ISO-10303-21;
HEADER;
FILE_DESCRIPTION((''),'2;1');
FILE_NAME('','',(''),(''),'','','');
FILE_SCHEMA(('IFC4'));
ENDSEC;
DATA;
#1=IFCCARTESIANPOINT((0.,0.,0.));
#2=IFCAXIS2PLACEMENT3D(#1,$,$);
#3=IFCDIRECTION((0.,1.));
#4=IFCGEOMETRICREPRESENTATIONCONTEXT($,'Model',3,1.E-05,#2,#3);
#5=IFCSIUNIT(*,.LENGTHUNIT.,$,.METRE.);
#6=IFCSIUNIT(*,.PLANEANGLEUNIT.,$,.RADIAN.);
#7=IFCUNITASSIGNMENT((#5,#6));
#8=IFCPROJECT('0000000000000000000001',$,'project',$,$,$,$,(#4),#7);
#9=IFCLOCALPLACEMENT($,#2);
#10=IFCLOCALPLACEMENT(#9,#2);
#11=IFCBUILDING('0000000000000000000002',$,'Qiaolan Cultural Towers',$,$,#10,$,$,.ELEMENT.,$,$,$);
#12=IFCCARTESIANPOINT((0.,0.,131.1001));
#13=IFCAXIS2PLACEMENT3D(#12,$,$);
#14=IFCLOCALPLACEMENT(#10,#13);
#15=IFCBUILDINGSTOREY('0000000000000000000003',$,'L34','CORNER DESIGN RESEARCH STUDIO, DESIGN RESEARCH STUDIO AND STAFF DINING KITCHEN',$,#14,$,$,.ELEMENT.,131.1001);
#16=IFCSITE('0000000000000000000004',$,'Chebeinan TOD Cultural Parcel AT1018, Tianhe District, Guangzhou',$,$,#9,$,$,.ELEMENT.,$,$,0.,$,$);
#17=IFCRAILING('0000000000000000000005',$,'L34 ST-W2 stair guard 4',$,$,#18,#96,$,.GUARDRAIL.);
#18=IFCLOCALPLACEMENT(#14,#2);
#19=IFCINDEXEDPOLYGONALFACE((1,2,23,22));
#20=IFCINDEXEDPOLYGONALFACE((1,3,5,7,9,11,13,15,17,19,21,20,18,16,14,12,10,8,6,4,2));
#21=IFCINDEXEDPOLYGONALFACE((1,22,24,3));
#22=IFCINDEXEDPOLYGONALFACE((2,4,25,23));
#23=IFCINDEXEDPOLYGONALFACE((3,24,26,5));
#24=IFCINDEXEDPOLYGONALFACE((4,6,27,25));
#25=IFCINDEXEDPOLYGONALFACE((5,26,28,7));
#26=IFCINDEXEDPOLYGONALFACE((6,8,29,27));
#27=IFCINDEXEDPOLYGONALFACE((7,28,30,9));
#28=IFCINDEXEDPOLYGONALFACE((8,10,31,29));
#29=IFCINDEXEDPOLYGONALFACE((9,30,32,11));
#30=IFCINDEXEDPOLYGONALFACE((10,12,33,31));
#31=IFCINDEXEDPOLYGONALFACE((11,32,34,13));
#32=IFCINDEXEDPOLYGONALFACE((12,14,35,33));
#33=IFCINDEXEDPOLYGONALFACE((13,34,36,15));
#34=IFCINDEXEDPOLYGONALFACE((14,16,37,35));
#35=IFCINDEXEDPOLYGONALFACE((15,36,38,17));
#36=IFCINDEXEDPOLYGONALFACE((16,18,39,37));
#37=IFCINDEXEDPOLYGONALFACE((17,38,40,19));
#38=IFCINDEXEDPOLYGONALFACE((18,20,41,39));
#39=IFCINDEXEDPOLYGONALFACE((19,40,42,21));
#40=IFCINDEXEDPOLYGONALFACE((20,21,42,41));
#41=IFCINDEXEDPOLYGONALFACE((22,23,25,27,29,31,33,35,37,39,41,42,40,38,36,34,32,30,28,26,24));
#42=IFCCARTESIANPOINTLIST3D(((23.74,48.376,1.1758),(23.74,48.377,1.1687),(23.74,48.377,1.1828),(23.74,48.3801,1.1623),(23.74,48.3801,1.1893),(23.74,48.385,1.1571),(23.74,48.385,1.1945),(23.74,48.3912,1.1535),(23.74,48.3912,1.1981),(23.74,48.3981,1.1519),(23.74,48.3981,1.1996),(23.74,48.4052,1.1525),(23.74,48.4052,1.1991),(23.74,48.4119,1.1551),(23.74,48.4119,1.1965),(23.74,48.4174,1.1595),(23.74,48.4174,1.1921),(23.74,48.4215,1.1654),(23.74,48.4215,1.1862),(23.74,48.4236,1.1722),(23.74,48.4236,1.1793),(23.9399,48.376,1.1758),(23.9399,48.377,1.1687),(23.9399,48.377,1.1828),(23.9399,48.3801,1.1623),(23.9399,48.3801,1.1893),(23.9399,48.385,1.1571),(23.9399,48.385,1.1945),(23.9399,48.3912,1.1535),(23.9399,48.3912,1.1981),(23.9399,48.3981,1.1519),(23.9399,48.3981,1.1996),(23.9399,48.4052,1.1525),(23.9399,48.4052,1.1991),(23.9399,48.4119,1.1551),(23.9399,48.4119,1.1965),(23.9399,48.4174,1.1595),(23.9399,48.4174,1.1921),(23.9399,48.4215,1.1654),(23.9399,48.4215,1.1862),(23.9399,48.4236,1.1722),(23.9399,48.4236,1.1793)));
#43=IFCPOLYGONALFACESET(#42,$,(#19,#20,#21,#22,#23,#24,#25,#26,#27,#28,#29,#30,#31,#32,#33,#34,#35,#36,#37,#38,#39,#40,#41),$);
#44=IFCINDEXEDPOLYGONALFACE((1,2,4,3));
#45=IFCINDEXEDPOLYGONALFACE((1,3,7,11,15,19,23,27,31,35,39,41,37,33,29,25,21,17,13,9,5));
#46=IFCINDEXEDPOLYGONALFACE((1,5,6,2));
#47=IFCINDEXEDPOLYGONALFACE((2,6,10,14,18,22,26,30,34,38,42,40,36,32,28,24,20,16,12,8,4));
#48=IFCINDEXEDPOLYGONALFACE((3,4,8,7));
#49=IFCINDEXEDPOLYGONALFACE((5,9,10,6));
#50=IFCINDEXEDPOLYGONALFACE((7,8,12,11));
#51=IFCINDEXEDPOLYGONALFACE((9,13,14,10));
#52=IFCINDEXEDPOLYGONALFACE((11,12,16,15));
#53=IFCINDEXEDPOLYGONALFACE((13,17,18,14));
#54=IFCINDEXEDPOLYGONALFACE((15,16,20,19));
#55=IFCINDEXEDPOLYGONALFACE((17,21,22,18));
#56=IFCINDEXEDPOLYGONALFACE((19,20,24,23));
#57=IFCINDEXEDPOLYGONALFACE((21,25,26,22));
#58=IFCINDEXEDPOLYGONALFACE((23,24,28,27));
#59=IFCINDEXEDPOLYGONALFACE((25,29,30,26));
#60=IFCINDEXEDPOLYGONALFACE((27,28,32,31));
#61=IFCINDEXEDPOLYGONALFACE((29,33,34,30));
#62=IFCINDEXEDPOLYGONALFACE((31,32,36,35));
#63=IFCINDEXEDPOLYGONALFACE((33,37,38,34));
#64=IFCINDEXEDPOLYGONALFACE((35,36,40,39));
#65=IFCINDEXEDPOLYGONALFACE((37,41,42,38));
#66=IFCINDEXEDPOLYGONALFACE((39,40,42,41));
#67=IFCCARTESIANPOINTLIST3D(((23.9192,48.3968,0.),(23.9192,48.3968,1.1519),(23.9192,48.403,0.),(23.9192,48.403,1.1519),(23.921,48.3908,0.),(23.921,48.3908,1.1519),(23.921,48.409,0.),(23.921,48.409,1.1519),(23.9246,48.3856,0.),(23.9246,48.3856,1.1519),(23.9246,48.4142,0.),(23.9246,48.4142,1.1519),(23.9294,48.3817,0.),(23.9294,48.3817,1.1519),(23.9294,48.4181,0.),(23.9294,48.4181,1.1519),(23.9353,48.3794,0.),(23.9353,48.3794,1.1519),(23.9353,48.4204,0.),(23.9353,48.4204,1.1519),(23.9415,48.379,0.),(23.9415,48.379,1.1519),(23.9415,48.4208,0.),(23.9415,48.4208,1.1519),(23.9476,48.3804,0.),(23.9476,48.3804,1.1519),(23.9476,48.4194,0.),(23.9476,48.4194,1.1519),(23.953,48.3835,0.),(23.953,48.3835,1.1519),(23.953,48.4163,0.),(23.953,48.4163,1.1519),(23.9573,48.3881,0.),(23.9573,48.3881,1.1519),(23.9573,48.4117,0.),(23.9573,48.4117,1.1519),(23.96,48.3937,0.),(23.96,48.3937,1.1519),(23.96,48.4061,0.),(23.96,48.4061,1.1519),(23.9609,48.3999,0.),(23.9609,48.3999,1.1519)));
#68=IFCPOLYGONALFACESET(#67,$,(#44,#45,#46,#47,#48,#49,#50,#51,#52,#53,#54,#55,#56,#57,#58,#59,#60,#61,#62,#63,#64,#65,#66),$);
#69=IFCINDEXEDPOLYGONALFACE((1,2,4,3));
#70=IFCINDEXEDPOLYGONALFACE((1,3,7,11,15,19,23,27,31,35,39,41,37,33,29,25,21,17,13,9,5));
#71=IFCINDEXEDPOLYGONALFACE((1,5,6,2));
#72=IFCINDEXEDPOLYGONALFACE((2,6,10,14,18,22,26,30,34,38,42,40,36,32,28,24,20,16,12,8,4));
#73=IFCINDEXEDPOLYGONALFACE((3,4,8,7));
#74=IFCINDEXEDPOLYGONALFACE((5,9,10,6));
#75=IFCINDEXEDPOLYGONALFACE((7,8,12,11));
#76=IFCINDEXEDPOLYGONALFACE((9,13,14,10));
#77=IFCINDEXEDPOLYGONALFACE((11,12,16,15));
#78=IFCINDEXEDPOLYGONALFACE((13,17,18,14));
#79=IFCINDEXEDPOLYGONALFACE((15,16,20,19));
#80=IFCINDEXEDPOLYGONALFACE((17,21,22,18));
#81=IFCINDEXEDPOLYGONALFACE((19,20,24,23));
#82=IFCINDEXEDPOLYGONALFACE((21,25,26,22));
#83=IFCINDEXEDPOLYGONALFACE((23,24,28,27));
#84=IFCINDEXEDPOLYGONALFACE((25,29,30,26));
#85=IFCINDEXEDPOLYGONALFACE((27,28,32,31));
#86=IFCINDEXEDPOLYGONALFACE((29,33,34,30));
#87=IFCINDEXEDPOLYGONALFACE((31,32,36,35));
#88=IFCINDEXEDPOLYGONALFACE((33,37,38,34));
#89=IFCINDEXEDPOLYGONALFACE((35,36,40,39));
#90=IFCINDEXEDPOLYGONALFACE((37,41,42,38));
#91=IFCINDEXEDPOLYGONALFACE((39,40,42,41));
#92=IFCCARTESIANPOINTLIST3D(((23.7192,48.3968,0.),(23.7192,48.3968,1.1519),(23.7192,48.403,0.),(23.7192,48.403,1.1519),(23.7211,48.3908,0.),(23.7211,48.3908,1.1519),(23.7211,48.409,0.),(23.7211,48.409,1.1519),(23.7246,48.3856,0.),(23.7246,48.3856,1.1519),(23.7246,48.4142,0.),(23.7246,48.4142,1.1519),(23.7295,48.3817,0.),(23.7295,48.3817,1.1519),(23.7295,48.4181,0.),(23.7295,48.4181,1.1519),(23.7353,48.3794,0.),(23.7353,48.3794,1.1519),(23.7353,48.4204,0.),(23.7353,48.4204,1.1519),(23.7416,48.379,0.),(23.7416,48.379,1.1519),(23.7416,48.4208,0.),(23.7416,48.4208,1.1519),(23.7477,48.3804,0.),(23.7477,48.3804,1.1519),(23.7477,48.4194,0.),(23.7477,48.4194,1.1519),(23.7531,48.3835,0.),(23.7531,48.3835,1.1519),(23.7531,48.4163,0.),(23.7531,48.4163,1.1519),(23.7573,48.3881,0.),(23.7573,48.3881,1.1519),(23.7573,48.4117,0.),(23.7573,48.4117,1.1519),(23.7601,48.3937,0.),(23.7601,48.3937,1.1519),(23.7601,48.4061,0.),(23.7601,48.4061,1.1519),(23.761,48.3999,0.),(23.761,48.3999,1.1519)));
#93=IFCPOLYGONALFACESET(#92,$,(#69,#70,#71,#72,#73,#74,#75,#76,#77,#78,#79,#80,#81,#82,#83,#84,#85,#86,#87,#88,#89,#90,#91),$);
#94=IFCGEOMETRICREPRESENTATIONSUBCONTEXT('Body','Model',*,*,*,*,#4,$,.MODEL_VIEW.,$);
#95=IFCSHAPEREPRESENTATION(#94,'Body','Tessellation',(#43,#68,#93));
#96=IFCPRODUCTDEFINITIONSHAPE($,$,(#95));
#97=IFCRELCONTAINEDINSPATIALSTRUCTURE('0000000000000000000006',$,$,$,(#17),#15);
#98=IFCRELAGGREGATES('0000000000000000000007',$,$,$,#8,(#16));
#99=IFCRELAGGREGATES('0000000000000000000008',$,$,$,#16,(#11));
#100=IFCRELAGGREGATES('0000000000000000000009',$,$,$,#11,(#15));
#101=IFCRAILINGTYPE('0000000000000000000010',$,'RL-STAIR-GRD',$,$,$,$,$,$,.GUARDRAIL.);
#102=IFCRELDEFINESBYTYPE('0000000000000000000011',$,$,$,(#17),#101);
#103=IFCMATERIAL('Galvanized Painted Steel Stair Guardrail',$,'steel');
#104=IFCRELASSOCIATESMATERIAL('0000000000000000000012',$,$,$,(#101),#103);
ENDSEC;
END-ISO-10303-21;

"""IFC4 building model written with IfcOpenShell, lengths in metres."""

from ifc_helpers import new_model, si_unit, direction, frame, origin, origin_2d, place, context, subcontext, project, spatial, circle, extrude, material, type_object, element, save


model = new_model("IFC4")

# Units and contexts
model_context = context("Model", 3, precision=1e-05, world=origin(), true_north=direction((0.0, 1.0)))
body_context = subcontext(model_context, "Body", "Model", "MODEL_VIEW")
ifc_project = project(units=[si_unit("LENGTHUNIT", "METRE"), si_unit("PLANEANGLEUNIT", "RADIAN")], contexts=[model_context])

# Site, building, storey
site_placement = place(None, origin())
site = spatial("IfcSite", under=ifc_project, at=site_placement, Name="Chebeinan TOD Cultural Parcel AT1018, Tianhe District, Guangzhou", CompositionType="ELEMENT", RefElevation=0.0)
building_placement = place(site_placement, origin())
building = spatial("IfcBuilding", under=site, at=building_placement, Name="Qiaolan Cultural Towers", CompositionType="ELEMENT")
storey_placement = place(building_placement, frame((0.0, 0.0, 131.1001)))
storey = spatial("IfcBuildingStorey", under=building, at=storey_placement, Name="L34", Description="CORNER DESIGN RESEARCH STUDIO, DESIGN RESEARCH STUDIO AND STAFF DINING KITCHEN", CompositionType="ELEMENT", Elevation=131.1001)

# Railing
ifc_material_1 = material(Name="Galvanized Painted Steel Stair Guardrail", Category="steel")
railing_type_1 = type_object("IfcRailingType", Name="RL-STAIR-GRD", PredefinedType="GUARDRAIL", material=ifc_material_1)
railing_1_placement = place(storey_placement, frame((23.9399, 48.3999, 0.0)))
element("IfcRailing", 1, at=railing_1_placement, inside=storey, type_object=railing_type_1, Name="L34 ST-W2 stair guard 4", PredefinedType="GUARDRAIL", context=body_context, shape_type="SweptSolid", body=[
    extrude(circle(Radius=0.0239, at=origin_2d()), frame((0.0, 0.0, 1.1758), z_axis=(-1.0, 0.0, 0.0), x_axis=(0.0, -1.0, 0.0)), (0.0, 0.0, 1.0), 0.2),
    extrude(circle(Radius=0.021, at=origin_2d()), origin(), (0.0, 0.0, 1.0), 1.1519),
    extrude(circle(Radius=0.021, at=origin_2d()), frame((-0.2, 0.0, 0.0)), (0.0, 0.0, 1.0), 1.1519),
])

save(model, "model.ifc")
